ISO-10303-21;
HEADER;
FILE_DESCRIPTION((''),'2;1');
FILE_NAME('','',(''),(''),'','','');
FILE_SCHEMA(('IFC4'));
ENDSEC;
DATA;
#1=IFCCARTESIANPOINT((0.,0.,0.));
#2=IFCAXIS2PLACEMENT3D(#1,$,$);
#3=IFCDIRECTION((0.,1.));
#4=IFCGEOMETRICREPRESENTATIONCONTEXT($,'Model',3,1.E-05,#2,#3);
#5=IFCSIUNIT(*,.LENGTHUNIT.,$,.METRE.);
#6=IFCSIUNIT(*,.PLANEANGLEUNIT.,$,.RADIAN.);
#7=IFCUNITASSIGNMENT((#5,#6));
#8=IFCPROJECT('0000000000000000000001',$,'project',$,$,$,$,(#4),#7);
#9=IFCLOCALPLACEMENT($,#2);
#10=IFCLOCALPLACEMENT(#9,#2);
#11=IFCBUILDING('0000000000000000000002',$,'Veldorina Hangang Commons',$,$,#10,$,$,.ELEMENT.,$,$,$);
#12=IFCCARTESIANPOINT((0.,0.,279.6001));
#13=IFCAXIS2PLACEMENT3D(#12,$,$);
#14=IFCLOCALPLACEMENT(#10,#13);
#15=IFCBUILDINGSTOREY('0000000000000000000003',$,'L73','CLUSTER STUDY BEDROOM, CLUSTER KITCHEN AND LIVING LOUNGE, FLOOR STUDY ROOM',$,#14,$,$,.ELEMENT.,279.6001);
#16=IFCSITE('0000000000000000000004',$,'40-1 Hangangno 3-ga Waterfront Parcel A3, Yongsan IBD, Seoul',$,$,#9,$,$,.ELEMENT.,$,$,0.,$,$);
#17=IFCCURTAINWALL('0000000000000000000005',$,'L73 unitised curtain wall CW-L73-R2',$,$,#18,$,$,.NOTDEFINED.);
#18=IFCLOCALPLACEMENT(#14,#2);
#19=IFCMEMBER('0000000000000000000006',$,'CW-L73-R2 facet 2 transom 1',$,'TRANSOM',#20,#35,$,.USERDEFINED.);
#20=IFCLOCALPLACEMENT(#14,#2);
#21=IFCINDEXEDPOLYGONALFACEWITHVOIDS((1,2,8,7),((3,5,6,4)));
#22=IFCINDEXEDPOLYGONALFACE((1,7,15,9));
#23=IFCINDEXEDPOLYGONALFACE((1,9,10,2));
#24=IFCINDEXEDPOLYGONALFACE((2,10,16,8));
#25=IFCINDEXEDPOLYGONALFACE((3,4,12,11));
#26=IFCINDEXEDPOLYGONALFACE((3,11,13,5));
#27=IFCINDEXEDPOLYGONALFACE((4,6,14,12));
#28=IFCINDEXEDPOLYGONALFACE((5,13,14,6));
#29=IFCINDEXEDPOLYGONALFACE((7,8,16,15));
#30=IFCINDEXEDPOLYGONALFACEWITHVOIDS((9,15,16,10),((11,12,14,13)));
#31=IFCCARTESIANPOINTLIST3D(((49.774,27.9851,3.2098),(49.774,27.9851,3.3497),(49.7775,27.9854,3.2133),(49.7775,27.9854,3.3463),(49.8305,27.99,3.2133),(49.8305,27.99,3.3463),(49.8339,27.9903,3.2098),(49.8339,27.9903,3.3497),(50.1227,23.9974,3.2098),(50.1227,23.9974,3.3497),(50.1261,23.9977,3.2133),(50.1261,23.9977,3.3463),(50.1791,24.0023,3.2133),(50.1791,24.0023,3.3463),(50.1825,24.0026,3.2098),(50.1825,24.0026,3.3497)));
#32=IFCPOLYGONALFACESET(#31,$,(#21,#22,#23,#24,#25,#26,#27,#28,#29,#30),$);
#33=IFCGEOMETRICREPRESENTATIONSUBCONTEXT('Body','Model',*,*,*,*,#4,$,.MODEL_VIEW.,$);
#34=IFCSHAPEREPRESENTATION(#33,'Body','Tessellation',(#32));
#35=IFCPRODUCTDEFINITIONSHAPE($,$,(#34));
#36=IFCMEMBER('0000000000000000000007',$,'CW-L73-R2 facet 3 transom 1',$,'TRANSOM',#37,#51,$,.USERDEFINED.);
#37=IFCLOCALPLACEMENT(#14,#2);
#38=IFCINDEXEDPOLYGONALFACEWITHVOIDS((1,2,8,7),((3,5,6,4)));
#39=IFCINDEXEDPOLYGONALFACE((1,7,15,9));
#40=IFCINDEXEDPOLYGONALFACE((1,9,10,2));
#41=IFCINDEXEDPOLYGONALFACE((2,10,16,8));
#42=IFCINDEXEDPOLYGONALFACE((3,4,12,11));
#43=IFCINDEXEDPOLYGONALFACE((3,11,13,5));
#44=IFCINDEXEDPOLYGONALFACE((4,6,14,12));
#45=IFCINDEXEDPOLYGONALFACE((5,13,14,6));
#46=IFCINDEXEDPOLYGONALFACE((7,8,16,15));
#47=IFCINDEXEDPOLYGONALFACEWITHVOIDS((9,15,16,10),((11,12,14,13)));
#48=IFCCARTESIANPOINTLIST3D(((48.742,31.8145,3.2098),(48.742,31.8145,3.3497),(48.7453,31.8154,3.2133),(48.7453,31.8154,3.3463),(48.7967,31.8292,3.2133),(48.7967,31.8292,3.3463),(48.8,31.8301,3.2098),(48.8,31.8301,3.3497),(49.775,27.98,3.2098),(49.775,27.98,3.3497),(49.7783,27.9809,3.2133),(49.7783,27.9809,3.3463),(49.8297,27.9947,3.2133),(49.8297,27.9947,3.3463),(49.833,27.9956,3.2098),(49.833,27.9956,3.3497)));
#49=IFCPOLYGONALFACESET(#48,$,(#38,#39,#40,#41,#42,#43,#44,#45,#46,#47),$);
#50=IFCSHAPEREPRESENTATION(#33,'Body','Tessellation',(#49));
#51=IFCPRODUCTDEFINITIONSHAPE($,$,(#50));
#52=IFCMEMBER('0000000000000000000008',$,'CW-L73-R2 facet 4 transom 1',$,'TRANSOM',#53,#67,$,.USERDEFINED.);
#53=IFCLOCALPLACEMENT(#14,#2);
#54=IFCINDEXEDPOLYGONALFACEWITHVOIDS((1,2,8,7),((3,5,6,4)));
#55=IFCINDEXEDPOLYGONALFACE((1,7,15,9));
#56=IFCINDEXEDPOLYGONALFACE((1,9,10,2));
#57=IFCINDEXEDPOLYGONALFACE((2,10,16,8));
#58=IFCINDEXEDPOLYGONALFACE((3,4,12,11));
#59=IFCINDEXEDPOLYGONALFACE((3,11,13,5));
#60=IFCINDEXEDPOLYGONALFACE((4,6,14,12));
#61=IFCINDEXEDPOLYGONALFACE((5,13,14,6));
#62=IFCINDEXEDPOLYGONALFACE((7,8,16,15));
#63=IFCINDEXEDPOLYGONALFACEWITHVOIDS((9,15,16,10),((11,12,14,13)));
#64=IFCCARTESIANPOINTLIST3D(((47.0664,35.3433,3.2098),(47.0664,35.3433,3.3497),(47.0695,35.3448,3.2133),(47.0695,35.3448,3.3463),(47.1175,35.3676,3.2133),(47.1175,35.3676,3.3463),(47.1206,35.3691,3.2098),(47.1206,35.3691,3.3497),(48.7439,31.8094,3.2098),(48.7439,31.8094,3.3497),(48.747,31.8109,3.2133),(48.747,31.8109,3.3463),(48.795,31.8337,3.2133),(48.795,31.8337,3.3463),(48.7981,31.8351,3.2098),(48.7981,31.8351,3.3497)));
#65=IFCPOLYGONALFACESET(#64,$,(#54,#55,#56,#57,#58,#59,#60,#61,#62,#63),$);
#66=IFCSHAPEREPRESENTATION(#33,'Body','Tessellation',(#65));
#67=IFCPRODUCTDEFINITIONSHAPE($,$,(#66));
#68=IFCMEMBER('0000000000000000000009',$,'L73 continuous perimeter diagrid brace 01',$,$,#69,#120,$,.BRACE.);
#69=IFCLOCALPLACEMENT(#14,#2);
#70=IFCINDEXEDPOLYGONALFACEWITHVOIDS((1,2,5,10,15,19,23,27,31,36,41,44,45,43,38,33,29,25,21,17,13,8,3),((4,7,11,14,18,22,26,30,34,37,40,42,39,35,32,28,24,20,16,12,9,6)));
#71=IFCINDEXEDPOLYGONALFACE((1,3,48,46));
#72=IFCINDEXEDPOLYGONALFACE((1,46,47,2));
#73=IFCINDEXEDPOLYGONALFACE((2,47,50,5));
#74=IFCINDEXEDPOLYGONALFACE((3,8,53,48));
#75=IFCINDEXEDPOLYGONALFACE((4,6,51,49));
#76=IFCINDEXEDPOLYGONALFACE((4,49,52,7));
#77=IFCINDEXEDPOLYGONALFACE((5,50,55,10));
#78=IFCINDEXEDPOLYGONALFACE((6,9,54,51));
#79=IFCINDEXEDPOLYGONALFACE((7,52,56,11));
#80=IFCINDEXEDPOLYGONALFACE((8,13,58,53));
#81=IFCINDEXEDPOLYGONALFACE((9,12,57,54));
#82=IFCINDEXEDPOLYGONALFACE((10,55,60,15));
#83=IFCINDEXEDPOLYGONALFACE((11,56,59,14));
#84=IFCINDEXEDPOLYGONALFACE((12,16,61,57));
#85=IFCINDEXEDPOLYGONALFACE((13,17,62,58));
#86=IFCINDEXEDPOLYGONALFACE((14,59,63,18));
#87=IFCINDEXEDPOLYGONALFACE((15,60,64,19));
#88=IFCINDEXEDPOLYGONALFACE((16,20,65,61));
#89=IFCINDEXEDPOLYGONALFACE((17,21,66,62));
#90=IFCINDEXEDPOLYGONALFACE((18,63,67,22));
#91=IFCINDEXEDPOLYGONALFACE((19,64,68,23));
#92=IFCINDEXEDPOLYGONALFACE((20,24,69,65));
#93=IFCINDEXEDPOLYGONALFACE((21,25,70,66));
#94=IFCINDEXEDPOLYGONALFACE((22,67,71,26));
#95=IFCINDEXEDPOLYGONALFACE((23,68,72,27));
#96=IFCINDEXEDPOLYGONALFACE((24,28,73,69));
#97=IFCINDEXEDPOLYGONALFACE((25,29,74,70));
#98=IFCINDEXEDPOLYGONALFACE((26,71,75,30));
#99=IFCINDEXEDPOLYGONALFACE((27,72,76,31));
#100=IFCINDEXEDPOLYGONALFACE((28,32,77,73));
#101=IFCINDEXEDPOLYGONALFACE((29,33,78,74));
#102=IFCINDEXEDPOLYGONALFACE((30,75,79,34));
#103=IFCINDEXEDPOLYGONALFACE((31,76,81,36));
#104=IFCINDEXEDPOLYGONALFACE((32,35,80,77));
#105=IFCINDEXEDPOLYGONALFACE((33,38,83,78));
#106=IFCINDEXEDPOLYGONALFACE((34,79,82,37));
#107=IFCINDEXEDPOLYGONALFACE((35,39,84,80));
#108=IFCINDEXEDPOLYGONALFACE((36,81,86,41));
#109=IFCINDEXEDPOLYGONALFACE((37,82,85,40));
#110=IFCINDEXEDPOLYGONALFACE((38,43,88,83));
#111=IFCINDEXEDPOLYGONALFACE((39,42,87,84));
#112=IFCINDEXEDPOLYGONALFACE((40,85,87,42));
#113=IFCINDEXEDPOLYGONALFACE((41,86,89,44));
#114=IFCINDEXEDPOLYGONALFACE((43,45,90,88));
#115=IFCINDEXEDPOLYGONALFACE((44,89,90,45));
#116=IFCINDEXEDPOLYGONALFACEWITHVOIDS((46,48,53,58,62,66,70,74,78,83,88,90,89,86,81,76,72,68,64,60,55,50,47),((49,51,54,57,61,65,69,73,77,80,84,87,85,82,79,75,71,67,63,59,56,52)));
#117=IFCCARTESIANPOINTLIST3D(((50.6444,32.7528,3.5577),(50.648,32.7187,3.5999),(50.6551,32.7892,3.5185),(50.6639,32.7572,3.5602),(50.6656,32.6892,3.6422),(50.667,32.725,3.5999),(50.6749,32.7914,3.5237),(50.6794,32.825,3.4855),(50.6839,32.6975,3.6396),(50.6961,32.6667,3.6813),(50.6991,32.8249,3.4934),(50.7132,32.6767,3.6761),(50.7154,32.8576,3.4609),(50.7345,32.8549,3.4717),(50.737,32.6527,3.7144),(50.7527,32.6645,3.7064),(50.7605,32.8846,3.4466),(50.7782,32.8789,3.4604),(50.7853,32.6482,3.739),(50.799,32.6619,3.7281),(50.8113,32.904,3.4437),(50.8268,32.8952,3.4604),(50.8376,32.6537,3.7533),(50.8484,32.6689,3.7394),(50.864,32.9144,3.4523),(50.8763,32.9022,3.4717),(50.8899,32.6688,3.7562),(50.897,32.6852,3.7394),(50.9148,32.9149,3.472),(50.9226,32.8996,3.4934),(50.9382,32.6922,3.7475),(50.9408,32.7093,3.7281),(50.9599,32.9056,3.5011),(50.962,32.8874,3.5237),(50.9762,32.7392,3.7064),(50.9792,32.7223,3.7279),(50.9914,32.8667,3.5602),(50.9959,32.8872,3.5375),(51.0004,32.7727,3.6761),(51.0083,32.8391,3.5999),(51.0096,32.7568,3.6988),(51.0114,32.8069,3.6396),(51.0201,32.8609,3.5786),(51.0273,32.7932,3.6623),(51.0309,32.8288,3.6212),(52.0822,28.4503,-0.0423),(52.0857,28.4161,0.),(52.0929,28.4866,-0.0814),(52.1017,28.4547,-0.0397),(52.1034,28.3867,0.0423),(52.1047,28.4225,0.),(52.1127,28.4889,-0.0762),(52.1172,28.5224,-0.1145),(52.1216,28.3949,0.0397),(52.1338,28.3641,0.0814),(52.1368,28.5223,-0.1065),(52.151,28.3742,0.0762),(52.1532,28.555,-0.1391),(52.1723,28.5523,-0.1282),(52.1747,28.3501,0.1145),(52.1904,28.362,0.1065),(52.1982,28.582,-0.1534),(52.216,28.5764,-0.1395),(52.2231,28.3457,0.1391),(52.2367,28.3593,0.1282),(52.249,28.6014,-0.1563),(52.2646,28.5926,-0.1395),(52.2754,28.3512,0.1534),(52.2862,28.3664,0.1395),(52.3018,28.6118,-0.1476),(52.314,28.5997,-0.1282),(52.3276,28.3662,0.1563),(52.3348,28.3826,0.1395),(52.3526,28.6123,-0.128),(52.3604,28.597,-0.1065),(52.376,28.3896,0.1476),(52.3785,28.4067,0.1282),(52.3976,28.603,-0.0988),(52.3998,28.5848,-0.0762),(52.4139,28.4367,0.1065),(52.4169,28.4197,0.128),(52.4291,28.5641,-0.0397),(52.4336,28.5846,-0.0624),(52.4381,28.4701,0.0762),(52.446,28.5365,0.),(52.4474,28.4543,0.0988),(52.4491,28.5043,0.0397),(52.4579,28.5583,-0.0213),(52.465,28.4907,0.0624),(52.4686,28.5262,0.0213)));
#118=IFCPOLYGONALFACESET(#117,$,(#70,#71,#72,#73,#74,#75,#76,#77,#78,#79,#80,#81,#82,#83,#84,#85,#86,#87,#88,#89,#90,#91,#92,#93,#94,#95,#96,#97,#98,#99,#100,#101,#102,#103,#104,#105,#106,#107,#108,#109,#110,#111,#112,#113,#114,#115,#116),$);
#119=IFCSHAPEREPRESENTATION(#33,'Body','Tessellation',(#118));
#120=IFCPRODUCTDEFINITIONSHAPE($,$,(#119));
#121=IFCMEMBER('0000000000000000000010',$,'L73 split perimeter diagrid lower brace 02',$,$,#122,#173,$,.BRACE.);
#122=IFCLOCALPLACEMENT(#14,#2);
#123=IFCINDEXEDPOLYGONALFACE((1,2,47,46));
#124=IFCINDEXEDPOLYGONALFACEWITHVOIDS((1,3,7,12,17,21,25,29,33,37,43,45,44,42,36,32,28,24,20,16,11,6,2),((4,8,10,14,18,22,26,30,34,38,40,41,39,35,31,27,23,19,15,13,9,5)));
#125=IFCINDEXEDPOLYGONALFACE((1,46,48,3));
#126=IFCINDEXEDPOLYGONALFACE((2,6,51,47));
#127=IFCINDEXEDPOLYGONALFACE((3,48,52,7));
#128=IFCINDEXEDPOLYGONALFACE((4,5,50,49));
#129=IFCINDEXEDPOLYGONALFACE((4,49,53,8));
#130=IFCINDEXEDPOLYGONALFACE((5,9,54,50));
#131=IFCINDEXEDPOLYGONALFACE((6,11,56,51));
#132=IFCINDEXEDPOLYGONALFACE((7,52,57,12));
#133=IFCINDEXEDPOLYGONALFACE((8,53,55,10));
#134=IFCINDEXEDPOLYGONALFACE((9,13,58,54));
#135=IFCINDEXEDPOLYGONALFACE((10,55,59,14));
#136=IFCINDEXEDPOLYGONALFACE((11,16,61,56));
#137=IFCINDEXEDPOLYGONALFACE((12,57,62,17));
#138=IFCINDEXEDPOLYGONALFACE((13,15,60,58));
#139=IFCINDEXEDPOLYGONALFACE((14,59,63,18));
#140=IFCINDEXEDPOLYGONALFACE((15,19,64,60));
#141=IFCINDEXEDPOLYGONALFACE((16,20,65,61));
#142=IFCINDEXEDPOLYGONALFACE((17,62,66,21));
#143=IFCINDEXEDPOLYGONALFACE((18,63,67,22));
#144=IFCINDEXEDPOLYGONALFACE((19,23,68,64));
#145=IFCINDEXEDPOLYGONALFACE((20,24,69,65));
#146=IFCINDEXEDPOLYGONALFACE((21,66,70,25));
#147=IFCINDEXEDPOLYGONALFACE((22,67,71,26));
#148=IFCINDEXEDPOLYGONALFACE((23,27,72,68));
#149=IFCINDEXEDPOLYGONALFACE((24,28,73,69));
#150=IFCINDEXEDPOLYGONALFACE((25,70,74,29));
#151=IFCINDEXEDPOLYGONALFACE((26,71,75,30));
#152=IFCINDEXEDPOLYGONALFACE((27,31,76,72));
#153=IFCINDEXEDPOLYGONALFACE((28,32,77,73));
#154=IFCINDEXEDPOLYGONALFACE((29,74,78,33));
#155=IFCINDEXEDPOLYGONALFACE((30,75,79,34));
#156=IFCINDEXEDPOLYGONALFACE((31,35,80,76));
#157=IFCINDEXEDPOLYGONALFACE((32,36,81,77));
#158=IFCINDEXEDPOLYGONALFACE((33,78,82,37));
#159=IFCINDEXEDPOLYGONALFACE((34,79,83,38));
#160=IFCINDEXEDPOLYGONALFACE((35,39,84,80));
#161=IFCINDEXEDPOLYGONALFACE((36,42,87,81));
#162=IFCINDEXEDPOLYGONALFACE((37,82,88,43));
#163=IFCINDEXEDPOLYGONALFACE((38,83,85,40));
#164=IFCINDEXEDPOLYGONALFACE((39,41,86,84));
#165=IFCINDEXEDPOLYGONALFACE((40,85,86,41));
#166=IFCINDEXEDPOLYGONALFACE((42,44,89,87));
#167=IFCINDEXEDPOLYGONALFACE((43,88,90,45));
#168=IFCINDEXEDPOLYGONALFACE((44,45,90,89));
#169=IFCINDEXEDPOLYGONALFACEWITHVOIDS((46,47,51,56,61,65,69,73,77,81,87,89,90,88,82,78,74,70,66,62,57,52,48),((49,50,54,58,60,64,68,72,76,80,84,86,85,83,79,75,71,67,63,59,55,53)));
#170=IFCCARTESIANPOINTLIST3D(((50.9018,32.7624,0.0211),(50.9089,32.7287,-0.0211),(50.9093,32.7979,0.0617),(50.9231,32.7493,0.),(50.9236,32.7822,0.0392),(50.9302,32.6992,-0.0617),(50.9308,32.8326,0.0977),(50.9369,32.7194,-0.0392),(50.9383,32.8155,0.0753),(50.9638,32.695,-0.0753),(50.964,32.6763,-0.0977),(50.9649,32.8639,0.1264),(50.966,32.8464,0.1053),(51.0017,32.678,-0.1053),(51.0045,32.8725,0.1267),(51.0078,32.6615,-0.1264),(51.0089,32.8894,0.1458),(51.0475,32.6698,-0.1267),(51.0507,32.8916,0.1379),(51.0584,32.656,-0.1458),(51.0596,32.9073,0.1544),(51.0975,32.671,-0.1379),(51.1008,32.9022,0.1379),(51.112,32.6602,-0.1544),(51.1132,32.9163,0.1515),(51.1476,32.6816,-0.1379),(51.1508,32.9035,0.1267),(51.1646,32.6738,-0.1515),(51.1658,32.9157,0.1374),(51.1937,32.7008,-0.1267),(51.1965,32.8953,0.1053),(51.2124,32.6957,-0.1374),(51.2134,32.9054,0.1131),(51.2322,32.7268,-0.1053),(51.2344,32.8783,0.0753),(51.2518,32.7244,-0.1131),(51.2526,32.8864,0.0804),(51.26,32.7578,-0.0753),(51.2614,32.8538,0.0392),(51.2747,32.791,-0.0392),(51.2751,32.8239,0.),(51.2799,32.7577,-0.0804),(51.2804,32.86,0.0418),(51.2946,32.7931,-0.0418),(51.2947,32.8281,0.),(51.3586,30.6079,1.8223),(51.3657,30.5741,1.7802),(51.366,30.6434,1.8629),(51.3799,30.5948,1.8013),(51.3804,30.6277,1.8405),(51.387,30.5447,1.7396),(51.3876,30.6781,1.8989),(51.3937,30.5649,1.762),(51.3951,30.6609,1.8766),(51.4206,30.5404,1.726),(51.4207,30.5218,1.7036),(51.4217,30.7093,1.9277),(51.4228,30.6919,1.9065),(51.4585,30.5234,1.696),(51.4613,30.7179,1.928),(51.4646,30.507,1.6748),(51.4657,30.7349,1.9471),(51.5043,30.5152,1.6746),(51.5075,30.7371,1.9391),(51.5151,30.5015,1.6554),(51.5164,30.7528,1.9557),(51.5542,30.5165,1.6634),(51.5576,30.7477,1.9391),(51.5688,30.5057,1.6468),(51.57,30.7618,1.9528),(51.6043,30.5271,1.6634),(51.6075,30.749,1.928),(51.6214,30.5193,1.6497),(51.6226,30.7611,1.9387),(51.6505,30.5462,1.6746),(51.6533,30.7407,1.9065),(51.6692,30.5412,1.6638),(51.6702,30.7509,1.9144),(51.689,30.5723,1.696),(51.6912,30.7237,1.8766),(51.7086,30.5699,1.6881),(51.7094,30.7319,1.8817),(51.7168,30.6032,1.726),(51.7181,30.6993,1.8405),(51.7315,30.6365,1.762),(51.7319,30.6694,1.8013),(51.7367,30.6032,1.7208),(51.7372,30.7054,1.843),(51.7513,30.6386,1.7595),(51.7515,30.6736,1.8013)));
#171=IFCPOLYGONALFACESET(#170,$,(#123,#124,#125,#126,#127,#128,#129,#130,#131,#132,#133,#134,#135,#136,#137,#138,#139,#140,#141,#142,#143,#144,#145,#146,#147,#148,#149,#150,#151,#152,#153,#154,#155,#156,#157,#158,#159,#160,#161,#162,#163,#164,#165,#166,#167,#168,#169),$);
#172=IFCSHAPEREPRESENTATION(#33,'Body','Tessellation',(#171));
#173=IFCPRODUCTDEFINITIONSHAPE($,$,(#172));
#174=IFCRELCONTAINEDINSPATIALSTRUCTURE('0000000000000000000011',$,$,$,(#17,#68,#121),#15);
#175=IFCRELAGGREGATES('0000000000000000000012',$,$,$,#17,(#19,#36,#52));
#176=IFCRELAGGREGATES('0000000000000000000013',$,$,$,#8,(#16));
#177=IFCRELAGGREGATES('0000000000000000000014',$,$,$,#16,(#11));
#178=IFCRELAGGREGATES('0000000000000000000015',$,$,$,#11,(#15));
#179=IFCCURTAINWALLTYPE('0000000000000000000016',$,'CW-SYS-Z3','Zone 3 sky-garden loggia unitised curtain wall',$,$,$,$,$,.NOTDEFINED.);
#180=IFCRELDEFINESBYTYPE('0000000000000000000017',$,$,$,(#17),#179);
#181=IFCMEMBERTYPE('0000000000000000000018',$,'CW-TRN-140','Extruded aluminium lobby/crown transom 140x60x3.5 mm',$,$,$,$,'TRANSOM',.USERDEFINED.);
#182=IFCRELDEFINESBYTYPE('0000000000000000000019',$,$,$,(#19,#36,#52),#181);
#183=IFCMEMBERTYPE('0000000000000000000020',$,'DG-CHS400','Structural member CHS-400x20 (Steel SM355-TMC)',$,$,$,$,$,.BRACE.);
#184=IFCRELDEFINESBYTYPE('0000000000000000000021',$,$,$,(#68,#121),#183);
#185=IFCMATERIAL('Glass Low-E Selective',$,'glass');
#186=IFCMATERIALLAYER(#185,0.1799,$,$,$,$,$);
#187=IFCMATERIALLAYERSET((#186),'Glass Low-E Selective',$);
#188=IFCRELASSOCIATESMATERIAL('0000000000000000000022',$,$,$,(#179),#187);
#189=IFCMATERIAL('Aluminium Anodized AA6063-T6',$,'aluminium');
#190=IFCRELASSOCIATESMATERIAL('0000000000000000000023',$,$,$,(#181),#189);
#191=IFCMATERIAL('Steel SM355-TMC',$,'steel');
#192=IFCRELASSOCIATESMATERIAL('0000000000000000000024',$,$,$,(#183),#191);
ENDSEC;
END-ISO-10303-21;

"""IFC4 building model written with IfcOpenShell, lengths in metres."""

from ifc_helpers import new_model, si_unit, direction, frame, origin, origin_2d, place, context, subcontext, project, spatial, hollow_rectangle, hollow_circle, extrude, material, layer, layer_set, material_profile, profile_set, type_object, element, aggregate, save


model = new_model("IFC4")

# Units and contexts
model_context = context("Model", 3, precision=1e-05, world=origin(), true_north=direction((0.0, 1.0)))
body_context = subcontext(model_context, "Body", "Model", "MODEL_VIEW")
ifc_project = project(units=[si_unit("LENGTHUNIT", "METRE"), si_unit("PLANEANGLEUNIT", "RADIAN")], contexts=[model_context])

# Site, building, storey
site_placement = place(None, origin())
site = spatial("IfcSite", under=ifc_project, at=site_placement, Name="40-1 Hangangno 3-ga Waterfront Parcel A3, Yongsan IBD, Seoul", CompositionType="ELEMENT", RefElevation=0.0)
building_placement = place(site_placement, origin())
building = spatial("IfcBuilding", under=site, at=building_placement, Name="Veldorina Hangang Commons", CompositionType="ELEMENT")
storey_placement = place(building_placement, frame((0.0, 0.0, 279.6001)))
storey = spatial("IfcBuildingStorey", under=building, at=storey_placement, Name="L73", Description="CLUSTER STUDY BEDROOM, CLUSTER KITCHEN AND LIVING LOUNGE, FLOOR STUDY ROOM", CompositionType="ELEMENT", Elevation=279.6001)

# Shared definitions
ifc_material_1 = material(Name="Steel SM355-TMC", Category="steel")

# Curtain wall, members
ifc_material_2 = material(Name="Glass Low-E Selective", Category="glass")
ifc_layer_1 = layer(ifc_material_2, 0.1799)
ifc_layer_set_1 = layer_set([ifc_layer_1], Name="Glass Low-E Selective")
curtain_wall_type = type_object("IfcCurtainWallType", Name="CW-SYS-Z3", Description="Zone 3 sky-garden loggia unitised curtain wall", PredefinedType="NOTDEFINED", material=ifc_layer_set_1)
curtain_wall_placement = place(storey_placement, origin())
curtain_wall = element("IfcCurtainWall", 1, at=curtain_wall_placement, inside=storey, type_object=curtain_wall_type, Name="L73 unitised curtain wall CW-L73-R2", PredefinedType="NOTDEFINED")
ifc_material_3 = material(Name="Aluminium Anodized AA6063-T6", Category="aluminium")
ifc_material_profile_1 = material_profile(ifc_material_3, hollow_rectangle(XDim=0.0601, YDim=0.1399, WallThickness=0.0034, at=origin_2d()), Name="ALU-RHS-140x60x3.5")
ifc_profile_set_1 = profile_set([ifc_material_profile_1], Name="Aluminium Anodized AA6063-T6")
member_type_1 = type_object("IfcMemberType", Name="CW-TRN-140", Description="Extruded aluminium lobby/crown transom 140x60x3.5 mm", ElementType="TRANSOM", PredefinedType="USERDEFINED", material=ifc_profile_set_1)
member_1_placement = place(storey_placement, frame((50.1526, 24.0, 3.2798), z_axis=(-0.087093, 0.9962, 0.0), x_axis=(-0.9962, -0.087093, 0.0)))
member_1 = element("IfcMember", 2, at=member_1_placement, type_object=member_type_1, Name="CW-L73-R2 facet 2 transom 1", ObjectType="TRANSOM", PredefinedType="USERDEFINED", context=body_context, shape_type="SweptSolid", body=[
    extrude(hollow_rectangle(XDim=0.0601, YDim=0.1399, WallThickness=0.0034, at=origin_2d()), origin(), (0.0, 0.0, 1.0), 4.0029),
])
member_2_placement = place(storey_placement, frame((49.804, 27.9878, 3.2798), z_axis=(-0.260115, 0.965578, 0.0), x_axis=(-0.965578, -0.260115, 0.0)))
member_2 = element("IfcMember", 3, at=member_2_placement, type_object=member_type_1, Name="CW-L73-R2 facet 3 transom 1", ObjectType="TRANSOM", PredefinedType="USERDEFINED", context=body_context, shape_type="SweptSolid", body=[
    extrude(hollow_rectangle(XDim=0.0601, YDim=0.1399, WallThickness=0.0034, at=origin_2d()), origin(), (0.0, 0.0, 1.0), 3.9712),
])
member_3_placement = place(storey_placement, frame((48.771, 31.8223, 3.2798), z_axis=(-0.428821, 0.903389, 0.0), x_axis=(-0.903389, -0.428821, 0.0)))
member_3 = element("IfcMember", 4, at=member_3_placement, type_object=member_type_1, Name="CW-L73-R2 facet 4 transom 1", ObjectType="TRANSOM", PredefinedType="USERDEFINED", context=body_context, shape_type="SweptSolid", body=[
    extrude(hollow_rectangle(XDim=0.0601, YDim=0.1399, WallThickness=0.0034, at=origin_2d()), origin(), (0.0, 0.0, 1.0), 3.9119),
])

# Members
ifc_material_profile_2 = material_profile(ifc_material_1, hollow_circle(Radius=0.2, WallThickness=0.02, at=origin_2d()), Name="CHS-400x20")
ifc_profile_set_2 = profile_set([ifc_material_profile_2], Name="Steel SM355-TMC")
member_type_2 = type_object("IfcMemberType", Name="DG-CHS400", Description="Structural member CHS-400x20 (Steel SM355-TMC)", PredefinedType="BRACE", material=ifc_profile_set_2)
member_4_placement = place(storey_placement, frame((52.2754, 28.4795, 0.0), z_axis=(-0.248266, 0.742942, 0.621612), x_axis=(-0.948446, -0.316938, 0.0)))
element("IfcMember", 5, at=member_4_placement, inside=storey, type_object=member_type_2, Name="L73 continuous perimeter diagrid brace 01", PredefinedType="BRACE", context=body_context, shape_type="SweptSolid", body=[
    extrude(hollow_circle(Radius=0.2, WallThickness=0.02, at=origin_2d()), origin(), (0.0, 0.0, 1.0), 5.7913),
])
member_5_placement = place(storey_placement, frame((51.0991, 32.7866, 0.0), z_axis=(0.160545, -0.75725, 0.633086), x_axis=(0.978256, 0.207401, 0.0)))
element("IfcMember", 6, at=member_5_placement, inside=storey, type_object=member_type_2, Name="L73 split perimeter diagrid lower brace 02", PredefinedType="BRACE", context=body_context, shape_type="SweptSolid", body=[
    extrude(hollow_circle(Radius=0.2, WallThickness=0.02, at=origin_2d()), origin(), (0.0, 0.0, 1.0), 2.8452),
])

aggregate(curtain_wall, [member_1, member_2, member_3])

save(model, "model.ifc")
